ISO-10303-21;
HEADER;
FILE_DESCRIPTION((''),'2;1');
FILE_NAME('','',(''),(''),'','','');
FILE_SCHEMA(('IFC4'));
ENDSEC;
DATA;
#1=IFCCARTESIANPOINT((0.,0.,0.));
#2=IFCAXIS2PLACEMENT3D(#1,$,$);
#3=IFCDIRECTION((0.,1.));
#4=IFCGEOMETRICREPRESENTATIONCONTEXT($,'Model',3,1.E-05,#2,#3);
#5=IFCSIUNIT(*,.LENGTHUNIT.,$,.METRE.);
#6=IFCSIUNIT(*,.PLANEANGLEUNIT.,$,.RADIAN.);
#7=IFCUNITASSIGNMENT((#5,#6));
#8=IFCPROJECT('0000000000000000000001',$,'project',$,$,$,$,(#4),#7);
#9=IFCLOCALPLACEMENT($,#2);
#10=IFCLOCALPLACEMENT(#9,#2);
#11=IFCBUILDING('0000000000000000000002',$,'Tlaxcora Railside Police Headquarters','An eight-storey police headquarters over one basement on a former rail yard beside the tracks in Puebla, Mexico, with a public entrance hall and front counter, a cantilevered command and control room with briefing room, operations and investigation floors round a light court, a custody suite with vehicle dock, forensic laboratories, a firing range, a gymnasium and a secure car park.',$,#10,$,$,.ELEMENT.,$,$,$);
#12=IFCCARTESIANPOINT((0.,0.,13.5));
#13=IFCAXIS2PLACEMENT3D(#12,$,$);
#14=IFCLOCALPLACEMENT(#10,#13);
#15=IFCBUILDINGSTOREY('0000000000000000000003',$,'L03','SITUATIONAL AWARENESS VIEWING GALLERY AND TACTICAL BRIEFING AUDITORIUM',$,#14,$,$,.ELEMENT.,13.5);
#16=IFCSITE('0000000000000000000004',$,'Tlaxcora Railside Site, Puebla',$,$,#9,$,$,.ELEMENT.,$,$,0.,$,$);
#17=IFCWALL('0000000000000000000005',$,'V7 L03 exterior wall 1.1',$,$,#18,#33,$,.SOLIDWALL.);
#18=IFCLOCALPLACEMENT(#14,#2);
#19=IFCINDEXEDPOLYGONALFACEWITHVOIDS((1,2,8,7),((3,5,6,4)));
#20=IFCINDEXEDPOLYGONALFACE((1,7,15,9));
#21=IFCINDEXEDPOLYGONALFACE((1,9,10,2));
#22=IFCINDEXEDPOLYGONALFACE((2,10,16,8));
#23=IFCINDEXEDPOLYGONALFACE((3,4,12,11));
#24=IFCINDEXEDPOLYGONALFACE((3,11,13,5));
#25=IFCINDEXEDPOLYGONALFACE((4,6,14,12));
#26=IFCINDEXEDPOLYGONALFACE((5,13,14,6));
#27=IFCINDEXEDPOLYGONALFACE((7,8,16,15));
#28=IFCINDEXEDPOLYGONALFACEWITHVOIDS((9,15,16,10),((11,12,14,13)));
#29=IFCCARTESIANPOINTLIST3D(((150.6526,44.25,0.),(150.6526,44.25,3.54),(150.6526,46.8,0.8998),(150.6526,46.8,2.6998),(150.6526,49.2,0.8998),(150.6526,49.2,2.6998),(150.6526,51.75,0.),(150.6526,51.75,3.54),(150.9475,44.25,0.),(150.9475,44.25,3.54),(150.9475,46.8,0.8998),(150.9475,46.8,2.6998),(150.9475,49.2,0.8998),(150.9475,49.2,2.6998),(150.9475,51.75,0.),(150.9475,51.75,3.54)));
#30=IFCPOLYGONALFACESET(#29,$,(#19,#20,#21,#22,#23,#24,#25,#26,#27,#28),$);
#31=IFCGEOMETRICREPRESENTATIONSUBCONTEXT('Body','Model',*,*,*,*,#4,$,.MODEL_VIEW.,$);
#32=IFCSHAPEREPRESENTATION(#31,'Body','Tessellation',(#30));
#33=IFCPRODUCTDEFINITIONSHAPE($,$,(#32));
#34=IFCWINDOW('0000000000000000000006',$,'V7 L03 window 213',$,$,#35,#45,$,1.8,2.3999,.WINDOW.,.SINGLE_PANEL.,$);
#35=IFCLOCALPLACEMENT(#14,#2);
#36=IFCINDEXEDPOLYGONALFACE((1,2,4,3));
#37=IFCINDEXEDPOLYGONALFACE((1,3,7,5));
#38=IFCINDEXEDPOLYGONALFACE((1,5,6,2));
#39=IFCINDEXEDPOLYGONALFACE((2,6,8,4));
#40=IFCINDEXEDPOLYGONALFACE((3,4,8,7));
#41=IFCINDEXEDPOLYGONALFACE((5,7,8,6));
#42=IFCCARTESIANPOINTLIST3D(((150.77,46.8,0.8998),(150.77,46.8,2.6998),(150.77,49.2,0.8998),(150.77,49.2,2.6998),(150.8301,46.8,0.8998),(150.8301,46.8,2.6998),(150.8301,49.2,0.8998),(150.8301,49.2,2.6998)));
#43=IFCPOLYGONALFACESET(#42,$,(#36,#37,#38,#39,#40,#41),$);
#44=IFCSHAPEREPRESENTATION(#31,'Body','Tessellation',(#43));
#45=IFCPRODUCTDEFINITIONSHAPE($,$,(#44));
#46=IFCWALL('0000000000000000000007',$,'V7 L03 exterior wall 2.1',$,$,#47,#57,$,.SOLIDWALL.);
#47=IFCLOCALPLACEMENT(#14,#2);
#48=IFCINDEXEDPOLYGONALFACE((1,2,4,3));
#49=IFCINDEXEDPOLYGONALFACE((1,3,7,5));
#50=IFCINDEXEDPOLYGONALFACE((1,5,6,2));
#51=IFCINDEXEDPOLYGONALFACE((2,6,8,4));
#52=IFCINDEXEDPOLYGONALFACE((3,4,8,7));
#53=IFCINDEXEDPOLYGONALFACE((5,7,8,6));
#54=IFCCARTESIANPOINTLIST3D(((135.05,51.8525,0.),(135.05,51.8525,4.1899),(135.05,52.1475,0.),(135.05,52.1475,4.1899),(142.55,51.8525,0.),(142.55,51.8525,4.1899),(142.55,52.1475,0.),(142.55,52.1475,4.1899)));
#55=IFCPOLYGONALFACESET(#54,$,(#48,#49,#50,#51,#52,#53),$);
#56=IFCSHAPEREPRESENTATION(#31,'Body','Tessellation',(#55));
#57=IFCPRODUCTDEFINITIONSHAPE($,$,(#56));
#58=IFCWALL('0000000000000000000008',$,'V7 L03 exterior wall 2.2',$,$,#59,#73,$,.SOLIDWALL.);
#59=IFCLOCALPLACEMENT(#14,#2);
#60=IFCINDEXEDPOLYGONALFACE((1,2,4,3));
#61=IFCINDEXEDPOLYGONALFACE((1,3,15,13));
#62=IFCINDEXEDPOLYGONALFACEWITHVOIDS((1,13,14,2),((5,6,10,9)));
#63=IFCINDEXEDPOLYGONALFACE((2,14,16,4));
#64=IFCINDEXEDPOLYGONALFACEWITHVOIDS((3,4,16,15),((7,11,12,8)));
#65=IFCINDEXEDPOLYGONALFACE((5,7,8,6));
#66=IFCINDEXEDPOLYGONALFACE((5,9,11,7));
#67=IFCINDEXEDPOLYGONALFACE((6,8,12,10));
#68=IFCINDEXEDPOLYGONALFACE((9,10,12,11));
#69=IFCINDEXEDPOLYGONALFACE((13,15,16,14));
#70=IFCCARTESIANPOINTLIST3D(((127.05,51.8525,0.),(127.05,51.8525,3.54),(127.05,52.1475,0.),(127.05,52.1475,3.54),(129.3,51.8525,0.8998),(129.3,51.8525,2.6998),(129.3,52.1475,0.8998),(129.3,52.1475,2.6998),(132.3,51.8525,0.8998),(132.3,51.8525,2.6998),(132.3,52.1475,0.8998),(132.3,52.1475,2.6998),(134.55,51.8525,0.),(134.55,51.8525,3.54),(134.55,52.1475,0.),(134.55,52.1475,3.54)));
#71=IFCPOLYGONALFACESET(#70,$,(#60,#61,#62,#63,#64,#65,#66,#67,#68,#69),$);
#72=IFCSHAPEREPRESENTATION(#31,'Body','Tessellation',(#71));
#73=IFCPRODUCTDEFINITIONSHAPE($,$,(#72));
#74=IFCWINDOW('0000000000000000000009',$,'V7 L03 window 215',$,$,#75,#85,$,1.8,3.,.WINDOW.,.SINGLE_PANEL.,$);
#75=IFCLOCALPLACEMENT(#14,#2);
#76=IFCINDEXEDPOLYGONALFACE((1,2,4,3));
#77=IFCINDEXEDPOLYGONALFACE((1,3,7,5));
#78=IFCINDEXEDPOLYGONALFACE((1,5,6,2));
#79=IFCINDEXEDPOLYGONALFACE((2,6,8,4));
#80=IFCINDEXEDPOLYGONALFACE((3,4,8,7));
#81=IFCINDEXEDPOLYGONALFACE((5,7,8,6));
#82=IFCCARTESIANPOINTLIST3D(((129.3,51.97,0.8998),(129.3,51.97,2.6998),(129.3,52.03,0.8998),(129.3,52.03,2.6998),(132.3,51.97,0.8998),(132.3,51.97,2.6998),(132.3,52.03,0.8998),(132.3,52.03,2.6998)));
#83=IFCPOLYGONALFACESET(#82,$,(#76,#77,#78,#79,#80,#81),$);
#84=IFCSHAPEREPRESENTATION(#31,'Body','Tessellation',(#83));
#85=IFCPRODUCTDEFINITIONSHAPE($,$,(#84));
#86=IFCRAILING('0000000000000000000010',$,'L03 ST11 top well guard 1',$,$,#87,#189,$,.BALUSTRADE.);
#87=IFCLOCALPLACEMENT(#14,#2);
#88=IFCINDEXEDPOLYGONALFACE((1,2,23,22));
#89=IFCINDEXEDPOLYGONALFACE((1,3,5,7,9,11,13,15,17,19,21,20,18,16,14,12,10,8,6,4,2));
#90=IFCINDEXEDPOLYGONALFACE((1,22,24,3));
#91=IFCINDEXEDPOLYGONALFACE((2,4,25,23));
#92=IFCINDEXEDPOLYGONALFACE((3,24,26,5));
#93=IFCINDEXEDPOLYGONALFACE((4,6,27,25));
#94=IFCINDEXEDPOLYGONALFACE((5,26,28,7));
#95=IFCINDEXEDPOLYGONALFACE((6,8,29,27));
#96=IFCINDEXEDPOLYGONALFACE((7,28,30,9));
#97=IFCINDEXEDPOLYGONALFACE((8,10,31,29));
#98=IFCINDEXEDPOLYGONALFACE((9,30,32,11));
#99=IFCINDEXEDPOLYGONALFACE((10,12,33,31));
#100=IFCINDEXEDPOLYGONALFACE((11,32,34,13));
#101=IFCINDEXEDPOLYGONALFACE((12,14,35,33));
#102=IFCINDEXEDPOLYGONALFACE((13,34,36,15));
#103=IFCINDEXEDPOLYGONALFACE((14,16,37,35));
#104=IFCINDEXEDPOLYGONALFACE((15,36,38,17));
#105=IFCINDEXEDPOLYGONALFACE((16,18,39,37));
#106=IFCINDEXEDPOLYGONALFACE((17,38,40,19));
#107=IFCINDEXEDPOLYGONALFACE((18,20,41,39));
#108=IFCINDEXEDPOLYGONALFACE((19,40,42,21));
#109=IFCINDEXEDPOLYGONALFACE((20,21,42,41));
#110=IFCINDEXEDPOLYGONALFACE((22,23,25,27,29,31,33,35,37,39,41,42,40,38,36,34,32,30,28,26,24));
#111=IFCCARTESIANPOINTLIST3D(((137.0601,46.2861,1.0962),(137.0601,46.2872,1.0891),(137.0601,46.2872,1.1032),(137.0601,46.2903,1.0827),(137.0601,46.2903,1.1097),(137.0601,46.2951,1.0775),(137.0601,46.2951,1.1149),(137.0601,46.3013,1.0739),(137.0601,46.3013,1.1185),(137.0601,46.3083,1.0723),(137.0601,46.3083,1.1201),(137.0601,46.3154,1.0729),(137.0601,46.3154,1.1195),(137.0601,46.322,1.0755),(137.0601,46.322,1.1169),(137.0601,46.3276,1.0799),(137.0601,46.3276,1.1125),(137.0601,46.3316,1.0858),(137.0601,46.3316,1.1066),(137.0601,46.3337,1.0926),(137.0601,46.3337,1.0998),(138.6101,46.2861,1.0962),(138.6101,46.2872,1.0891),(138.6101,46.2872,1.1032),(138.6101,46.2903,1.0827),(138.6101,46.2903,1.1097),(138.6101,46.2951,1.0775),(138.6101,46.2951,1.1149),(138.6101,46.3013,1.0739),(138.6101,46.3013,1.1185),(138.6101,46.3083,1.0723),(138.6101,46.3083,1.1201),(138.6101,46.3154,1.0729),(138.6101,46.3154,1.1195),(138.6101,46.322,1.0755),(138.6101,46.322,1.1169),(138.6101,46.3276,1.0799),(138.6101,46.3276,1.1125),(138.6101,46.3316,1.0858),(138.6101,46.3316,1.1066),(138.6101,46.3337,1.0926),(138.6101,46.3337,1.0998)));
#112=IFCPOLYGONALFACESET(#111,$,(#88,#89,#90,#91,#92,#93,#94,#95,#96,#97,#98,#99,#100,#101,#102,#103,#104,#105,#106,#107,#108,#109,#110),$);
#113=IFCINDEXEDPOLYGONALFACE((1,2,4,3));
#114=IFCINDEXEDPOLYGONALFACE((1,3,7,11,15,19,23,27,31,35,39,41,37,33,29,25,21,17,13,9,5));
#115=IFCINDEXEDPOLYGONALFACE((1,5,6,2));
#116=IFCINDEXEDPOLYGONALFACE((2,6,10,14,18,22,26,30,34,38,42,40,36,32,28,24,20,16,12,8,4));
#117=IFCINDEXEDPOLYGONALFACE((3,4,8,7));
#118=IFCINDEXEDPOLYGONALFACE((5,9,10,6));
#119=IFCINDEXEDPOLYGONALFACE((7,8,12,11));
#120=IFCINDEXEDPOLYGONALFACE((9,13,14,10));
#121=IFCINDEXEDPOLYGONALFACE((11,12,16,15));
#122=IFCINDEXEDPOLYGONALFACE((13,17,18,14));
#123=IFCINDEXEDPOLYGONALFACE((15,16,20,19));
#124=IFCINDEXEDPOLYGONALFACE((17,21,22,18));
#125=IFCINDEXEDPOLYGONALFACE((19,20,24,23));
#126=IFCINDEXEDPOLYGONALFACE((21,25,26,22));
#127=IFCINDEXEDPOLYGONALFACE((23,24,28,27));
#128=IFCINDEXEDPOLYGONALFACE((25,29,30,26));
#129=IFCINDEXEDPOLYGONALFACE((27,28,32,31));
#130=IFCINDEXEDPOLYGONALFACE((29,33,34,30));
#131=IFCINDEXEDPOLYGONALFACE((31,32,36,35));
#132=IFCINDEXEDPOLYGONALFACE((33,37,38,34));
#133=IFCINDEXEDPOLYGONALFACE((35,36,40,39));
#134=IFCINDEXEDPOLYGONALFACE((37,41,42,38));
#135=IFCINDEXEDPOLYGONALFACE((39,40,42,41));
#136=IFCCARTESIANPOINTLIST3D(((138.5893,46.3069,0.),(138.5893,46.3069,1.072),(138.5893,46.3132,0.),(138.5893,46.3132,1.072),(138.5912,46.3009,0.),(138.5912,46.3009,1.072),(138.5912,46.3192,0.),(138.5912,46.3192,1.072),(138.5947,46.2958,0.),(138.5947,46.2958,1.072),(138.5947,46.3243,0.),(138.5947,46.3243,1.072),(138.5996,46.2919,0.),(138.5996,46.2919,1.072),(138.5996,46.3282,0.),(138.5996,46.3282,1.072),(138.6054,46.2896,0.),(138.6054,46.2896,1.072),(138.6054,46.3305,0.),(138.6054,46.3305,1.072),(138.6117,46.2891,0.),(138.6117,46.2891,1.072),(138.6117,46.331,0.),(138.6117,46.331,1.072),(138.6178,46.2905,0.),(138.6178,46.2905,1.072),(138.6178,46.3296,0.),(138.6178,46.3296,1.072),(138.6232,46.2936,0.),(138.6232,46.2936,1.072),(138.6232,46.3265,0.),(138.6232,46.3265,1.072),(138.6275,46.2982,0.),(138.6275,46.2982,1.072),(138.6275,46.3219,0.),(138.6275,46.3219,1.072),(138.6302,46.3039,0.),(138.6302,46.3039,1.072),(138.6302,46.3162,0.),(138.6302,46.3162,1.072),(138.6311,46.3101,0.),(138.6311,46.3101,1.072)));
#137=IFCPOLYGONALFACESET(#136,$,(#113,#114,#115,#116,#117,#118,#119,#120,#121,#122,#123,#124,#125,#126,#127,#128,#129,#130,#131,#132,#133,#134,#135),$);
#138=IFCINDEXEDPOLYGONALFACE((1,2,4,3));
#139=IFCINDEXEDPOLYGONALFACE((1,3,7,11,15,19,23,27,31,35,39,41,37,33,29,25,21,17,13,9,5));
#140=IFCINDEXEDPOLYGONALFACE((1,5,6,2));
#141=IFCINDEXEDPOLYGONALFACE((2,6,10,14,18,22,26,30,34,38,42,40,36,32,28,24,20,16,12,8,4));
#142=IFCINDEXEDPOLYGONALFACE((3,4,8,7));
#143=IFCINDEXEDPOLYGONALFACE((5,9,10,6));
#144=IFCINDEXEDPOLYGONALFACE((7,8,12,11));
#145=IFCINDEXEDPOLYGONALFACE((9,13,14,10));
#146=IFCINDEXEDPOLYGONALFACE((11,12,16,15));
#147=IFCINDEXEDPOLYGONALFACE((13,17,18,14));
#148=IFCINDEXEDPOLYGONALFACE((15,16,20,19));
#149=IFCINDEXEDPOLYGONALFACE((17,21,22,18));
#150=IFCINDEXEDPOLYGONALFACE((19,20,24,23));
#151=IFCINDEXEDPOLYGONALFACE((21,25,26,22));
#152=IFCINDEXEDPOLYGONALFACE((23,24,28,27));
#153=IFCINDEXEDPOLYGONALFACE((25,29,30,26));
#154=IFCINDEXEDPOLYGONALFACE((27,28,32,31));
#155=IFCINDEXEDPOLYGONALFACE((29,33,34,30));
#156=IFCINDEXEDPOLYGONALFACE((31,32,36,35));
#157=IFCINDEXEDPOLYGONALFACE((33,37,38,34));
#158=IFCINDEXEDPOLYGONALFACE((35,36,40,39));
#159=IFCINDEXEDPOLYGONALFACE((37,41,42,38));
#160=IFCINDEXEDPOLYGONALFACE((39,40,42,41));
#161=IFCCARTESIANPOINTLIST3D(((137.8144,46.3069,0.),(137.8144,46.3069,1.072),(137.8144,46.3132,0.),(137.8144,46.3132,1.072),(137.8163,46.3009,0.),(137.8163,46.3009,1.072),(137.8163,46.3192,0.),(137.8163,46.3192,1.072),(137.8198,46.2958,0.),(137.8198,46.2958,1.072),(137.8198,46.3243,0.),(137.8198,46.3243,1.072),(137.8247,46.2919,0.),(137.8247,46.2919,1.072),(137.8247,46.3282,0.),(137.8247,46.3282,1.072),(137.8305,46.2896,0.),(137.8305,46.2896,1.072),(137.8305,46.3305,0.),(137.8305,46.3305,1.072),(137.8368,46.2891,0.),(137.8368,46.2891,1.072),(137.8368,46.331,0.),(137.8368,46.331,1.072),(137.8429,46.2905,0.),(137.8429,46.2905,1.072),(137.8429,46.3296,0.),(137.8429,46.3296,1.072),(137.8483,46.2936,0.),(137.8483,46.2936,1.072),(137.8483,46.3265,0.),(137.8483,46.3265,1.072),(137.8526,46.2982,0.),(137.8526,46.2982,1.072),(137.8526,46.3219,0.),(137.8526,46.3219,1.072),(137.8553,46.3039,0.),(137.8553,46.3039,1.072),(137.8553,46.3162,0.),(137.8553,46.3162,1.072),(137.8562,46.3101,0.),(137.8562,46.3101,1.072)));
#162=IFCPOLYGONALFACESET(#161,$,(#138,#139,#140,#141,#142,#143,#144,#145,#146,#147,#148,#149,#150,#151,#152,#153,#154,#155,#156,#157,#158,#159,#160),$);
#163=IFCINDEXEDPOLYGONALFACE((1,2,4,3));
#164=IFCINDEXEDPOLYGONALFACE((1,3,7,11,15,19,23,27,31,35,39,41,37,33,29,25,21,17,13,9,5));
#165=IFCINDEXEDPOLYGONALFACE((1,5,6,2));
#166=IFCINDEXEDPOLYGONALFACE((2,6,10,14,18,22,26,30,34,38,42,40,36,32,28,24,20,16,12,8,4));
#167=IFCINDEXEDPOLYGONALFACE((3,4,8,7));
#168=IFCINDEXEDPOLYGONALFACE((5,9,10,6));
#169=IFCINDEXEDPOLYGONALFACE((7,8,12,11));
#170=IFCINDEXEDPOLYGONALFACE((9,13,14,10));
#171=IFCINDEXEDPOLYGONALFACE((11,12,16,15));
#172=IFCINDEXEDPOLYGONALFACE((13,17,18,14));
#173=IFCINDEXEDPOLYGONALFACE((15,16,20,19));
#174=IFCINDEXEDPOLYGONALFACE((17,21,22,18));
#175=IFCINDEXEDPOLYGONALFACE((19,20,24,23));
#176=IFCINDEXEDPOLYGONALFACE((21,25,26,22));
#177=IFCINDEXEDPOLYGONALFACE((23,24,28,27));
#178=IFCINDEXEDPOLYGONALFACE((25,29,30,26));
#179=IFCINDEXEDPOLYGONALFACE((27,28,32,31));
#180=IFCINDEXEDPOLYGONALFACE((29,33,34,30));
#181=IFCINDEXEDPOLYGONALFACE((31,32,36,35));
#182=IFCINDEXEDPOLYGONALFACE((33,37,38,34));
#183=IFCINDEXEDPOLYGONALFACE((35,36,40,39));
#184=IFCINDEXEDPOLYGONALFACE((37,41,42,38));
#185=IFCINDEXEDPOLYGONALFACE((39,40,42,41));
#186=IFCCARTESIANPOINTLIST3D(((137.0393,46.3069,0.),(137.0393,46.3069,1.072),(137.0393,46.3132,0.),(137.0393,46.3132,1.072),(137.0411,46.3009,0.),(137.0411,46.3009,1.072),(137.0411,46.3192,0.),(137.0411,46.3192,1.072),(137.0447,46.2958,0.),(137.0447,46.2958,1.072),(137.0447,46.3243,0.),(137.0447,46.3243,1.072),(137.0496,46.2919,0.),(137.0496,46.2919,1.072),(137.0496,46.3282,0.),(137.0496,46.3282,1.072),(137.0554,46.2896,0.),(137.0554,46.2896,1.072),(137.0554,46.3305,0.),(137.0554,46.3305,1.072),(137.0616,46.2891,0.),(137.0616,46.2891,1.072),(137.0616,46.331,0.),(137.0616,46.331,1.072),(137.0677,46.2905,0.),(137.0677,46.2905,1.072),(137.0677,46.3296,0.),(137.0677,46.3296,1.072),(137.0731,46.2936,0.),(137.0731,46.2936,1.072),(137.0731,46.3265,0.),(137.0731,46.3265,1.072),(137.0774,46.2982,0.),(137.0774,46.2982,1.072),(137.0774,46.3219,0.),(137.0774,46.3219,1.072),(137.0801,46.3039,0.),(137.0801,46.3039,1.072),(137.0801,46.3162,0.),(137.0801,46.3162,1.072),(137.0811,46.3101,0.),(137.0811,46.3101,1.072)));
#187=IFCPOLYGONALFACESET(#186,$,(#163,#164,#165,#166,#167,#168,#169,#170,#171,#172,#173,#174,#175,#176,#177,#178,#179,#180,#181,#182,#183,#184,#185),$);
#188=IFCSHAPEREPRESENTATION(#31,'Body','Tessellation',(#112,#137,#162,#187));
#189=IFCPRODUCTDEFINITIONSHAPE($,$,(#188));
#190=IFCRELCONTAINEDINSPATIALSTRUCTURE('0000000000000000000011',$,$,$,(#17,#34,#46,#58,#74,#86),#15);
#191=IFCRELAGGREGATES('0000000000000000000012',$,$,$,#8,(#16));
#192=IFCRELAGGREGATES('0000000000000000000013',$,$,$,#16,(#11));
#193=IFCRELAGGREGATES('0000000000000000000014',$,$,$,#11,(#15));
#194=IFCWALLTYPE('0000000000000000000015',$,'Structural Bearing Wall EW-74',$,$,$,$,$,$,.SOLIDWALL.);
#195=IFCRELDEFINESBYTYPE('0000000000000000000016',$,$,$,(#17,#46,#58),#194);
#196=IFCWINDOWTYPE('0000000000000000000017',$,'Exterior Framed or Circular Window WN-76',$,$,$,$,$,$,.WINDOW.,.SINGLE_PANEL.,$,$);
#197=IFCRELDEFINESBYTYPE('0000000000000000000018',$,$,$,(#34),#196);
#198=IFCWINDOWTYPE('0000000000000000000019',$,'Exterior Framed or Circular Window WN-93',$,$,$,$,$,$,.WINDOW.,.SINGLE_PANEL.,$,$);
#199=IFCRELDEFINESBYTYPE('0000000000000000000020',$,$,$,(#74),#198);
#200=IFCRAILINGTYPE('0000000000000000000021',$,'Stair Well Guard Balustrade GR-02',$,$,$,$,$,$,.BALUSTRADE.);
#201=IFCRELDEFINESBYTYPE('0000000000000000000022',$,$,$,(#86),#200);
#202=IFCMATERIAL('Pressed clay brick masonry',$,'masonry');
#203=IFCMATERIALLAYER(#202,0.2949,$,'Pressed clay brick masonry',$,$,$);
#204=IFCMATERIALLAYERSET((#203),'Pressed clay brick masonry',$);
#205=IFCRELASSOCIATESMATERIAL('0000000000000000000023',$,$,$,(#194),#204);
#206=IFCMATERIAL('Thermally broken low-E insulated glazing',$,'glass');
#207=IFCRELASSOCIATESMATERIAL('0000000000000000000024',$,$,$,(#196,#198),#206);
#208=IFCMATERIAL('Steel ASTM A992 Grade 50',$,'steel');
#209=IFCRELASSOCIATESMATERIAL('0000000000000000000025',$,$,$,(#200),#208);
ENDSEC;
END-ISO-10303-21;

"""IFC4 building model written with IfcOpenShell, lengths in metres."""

from ifc_helpers import new_model, si_unit, direction, frame, frame_2d, origin, origin_2d, place, context, subcontext, project, spatial, rectangle, circle, extrude, material, layer, layer_set, type_object, element, fill, save


model = new_model("IFC4")

# Units and contexts
model_context = context("Model", 3, precision=1e-05, world=origin(), true_north=direction((0.0, 1.0)))
body_context = subcontext(model_context, "Body", "Model", "MODEL_VIEW")
ifc_project = project(units=[si_unit("LENGTHUNIT", "METRE"), si_unit("PLANEANGLEUNIT", "RADIAN")], contexts=[model_context])

# Site, building, storey
site_placement = place(None, origin())
site = spatial("IfcSite", under=ifc_project, at=site_placement, Name="Tlaxcora Railside Site, Puebla", CompositionType="ELEMENT", RefElevation=0.0)
building_placement = place(site_placement, origin())
building = spatial("IfcBuilding", under=site, at=building_placement, Name="Tlaxcora Railside Police Headquarters", Description="An eight-storey police headquarters over one basement on a former rail yard beside the tracks in Puebla, Mexico, with a public entrance hall and front counter, a cantilevered command and control room with briefing room, operations and investigation floors round a light court, a custody suite with vehicle dock, forensic laboratories, a firing range, a gymnasium and a secure car park.", CompositionType="ELEMENT")
storey_placement = place(building_placement, frame((0.0, 0.0, 13.5)))
storey = spatial("IfcBuildingStorey", under=building, at=storey_placement, Name="L03", Description="SITUATIONAL AWARENESS VIEWING GALLERY AND TACTICAL BRIEFING AUDITORIUM", CompositionType="ELEMENT", Elevation=13.5)

# Shared definitions
ifc_material_1 = material(Name="Steel ASTM A992 Grade 50", Category="steel")

# Wall, opening, window
ifc_material_2 = material(Name="Pressed clay brick masonry", Category="masonry")
ifc_layer_1 = layer(ifc_material_2, 0.2949, Name="Pressed clay brick masonry")
ifc_layer_set_1 = layer_set([ifc_layer_1], Name="Pressed clay brick masonry")
wall_type_1 = type_object("IfcWallType", Name="Structural Bearing Wall EW-74", PredefinedType="SOLIDWALL", material=ifc_layer_set_1)
wall_1_placement = place(storey_placement, frame((150.8, 44.25, 0.0), z_axis=(0.0, 0.0, 1.0), x_axis=(0.0, 1.0, 0.0)))
wall_1 = element("IfcWall", 1, at=wall_1_placement, inside=storey, type_object=wall_type_1, Name="V7 L03 exterior wall 1.1", PredefinedType="SOLIDWALL", context=body_context, shape_type="SweptSolid", body=[
    extrude(rectangle(XDim=7.5, YDim=0.2949, at=frame_2d((3.75, 0.0))), origin(), (0.0, 0.0, 1.0), 3.54),
])
opening_1_placement = place(wall_1_placement, frame((2.55, 0.0, 0.8999)))
opening_1 = element("IfcOpeningElement", 2, at=opening_1_placement, cuts=wall_1, PredefinedType="OPENING", context=body_context, shape_type="SweptSolid", body=[
    extrude(rectangle(XDim=2.3999, YDim=1.8, at=frame_2d((1.2, 0.8999))), frame((0.0, 0.1575, 0.0), z_axis=(0.0, -1.0, 0.0), x_axis=(1.0, 0.0, 0.0)), (0.0, 0.0, 1.0), 0.3149),
])
ifc_material_3 = material(Name="Thermally broken low-E insulated glazing", Category="glass")
window_type_1 = type_object("IfcWindowType", Name="Exterior Framed or Circular Window WN-76", PartitioningType="SINGLE_PANEL", PredefinedType="WINDOW", material=ifc_material_3)
window_1_placement = place(opening_1_placement, origin())
window_1 = element("IfcWindow", 3, at=window_1_placement, inside=storey, type_object=window_type_1, Name="V7 L03 window 213", OverallHeight=1.8, OverallWidth=2.3999, PartitioningType="SINGLE_PANEL", PredefinedType="WINDOW", context=body_context, shape_type="SweptSolid", body=[
    extrude(rectangle(XDim=2.3999, YDim=1.8, at=frame_2d((1.2, 0.8999))), frame((0.0, 0.03, 0.0), z_axis=(0.0, -1.0, 0.0), x_axis=(1.0, 0.0, 0.0)), (0.0, 0.0, 1.0), 0.0601),
])
fill(opening_1, window_1)

# Wall
wall_2_placement = place(storey_placement, frame((142.55, 52.0, 0.0), z_axis=(0.0, 0.0, 1.0), x_axis=(-1.0, 0.0, 0.0)))
element("IfcWall", 4, at=wall_2_placement, inside=storey, type_object=wall_type_1, Name="V7 L03 exterior wall 2.1", PredefinedType="SOLIDWALL", context=body_context, shape_type="SweptSolid", body=[
    extrude(rectangle(XDim=7.5, YDim=0.2949, at=frame_2d((3.75, 0.0))), origin(), (0.0, 0.0, 1.0), 4.1899),
])

# Wall, opening, window
wall_3_placement = place(storey_placement, frame((134.55, 52.0, 0.0), z_axis=(0.0, 0.0, 1.0), x_axis=(-1.0, 0.0, 0.0)))
wall_3 = element("IfcWall", 5, at=wall_3_placement, inside=storey, type_object=wall_type_1, Name="V7 L03 exterior wall 2.2", PredefinedType="SOLIDWALL", context=body_context, shape_type="SweptSolid", body=[
    extrude(rectangle(XDim=7.5, YDim=0.2949, at=frame_2d((3.75, 0.0))), origin(), (0.0, 0.0, 1.0), 3.54),
])
opening_2_placement = place(wall_3_placement, frame((2.25, 0.0, 0.8999)))
opening_2 = element("IfcOpeningElement", 6, at=opening_2_placement, cuts=wall_3, PredefinedType="OPENING", context=body_context, shape_type="SweptSolid", body=[
    extrude(rectangle(XDim=3.0, YDim=1.8, at=frame_2d((1.5, 0.8999))), frame((0.0, 0.1575, 0.0), z_axis=(0.0, -1.0, 0.0), x_axis=(1.0, 0.0, 0.0)), (0.0, 0.0, 1.0), 0.3149),
])
window_type_2 = type_object("IfcWindowType", Name="Exterior Framed or Circular Window WN-93", PartitioningType="SINGLE_PANEL", PredefinedType="WINDOW", material=ifc_material_3)
window_2_placement = place(opening_2_placement, origin())
window_2 = element("IfcWindow", 7, at=window_2_placement, inside=storey, type_object=window_type_2, Name="V7 L03 window 215", OverallHeight=1.8, OverallWidth=3.0, PartitioningType="SINGLE_PANEL", PredefinedType="WINDOW", context=body_context, shape_type="SweptSolid", body=[
    extrude(rectangle(XDim=3.0, YDim=1.8, at=frame_2d((1.5, 0.8999))), frame((0.0, 0.03, 0.0), z_axis=(0.0, -1.0, 0.0), x_axis=(1.0, 0.0, 0.0)), (0.0, 0.0, 1.0), 0.0601),
])
fill(opening_2, window_2)

# Railing
railing_type_1 = type_object("IfcRailingType", Name="Stair Well Guard Balustrade GR-02", PredefinedType="BALUSTRADE", material=ifc_material_1)
railing_1_placement = place(storey_placement, frame((138.6101, 46.3101, 0.0)))
element("IfcRailing", 8, at=railing_1_placement, inside=storey, type_object=railing_type_1, Name="L03 ST11 top well guard 1", PredefinedType="BALUSTRADE", context=body_context, shape_type="SweptSolid", body=[
    extrude(circle(Radius=0.0239, at=origin_2d()), frame((0.0, 0.0, 1.0962), z_axis=(-1.0, 0.0, 0.0), x_axis=(0.0, -1.0, 0.0)), (0.0, 0.0, 1.0), 1.55),
    extrude(circle(Radius=0.021, at=origin_2d()), origin(), (0.0, 0.0, 1.0), 1.072),
    extrude(circle(Radius=0.021, at=origin_2d()), frame((-0.7749, 0.0, 0.0)), (0.0, 0.0, 1.0), 1.072),
    extrude(circle(Radius=0.021, at=origin_2d()), frame((-1.55, 0.0, 0.0)), (0.0, 0.0, 1.0), 1.072),
])

save(model, "model.ifc")
